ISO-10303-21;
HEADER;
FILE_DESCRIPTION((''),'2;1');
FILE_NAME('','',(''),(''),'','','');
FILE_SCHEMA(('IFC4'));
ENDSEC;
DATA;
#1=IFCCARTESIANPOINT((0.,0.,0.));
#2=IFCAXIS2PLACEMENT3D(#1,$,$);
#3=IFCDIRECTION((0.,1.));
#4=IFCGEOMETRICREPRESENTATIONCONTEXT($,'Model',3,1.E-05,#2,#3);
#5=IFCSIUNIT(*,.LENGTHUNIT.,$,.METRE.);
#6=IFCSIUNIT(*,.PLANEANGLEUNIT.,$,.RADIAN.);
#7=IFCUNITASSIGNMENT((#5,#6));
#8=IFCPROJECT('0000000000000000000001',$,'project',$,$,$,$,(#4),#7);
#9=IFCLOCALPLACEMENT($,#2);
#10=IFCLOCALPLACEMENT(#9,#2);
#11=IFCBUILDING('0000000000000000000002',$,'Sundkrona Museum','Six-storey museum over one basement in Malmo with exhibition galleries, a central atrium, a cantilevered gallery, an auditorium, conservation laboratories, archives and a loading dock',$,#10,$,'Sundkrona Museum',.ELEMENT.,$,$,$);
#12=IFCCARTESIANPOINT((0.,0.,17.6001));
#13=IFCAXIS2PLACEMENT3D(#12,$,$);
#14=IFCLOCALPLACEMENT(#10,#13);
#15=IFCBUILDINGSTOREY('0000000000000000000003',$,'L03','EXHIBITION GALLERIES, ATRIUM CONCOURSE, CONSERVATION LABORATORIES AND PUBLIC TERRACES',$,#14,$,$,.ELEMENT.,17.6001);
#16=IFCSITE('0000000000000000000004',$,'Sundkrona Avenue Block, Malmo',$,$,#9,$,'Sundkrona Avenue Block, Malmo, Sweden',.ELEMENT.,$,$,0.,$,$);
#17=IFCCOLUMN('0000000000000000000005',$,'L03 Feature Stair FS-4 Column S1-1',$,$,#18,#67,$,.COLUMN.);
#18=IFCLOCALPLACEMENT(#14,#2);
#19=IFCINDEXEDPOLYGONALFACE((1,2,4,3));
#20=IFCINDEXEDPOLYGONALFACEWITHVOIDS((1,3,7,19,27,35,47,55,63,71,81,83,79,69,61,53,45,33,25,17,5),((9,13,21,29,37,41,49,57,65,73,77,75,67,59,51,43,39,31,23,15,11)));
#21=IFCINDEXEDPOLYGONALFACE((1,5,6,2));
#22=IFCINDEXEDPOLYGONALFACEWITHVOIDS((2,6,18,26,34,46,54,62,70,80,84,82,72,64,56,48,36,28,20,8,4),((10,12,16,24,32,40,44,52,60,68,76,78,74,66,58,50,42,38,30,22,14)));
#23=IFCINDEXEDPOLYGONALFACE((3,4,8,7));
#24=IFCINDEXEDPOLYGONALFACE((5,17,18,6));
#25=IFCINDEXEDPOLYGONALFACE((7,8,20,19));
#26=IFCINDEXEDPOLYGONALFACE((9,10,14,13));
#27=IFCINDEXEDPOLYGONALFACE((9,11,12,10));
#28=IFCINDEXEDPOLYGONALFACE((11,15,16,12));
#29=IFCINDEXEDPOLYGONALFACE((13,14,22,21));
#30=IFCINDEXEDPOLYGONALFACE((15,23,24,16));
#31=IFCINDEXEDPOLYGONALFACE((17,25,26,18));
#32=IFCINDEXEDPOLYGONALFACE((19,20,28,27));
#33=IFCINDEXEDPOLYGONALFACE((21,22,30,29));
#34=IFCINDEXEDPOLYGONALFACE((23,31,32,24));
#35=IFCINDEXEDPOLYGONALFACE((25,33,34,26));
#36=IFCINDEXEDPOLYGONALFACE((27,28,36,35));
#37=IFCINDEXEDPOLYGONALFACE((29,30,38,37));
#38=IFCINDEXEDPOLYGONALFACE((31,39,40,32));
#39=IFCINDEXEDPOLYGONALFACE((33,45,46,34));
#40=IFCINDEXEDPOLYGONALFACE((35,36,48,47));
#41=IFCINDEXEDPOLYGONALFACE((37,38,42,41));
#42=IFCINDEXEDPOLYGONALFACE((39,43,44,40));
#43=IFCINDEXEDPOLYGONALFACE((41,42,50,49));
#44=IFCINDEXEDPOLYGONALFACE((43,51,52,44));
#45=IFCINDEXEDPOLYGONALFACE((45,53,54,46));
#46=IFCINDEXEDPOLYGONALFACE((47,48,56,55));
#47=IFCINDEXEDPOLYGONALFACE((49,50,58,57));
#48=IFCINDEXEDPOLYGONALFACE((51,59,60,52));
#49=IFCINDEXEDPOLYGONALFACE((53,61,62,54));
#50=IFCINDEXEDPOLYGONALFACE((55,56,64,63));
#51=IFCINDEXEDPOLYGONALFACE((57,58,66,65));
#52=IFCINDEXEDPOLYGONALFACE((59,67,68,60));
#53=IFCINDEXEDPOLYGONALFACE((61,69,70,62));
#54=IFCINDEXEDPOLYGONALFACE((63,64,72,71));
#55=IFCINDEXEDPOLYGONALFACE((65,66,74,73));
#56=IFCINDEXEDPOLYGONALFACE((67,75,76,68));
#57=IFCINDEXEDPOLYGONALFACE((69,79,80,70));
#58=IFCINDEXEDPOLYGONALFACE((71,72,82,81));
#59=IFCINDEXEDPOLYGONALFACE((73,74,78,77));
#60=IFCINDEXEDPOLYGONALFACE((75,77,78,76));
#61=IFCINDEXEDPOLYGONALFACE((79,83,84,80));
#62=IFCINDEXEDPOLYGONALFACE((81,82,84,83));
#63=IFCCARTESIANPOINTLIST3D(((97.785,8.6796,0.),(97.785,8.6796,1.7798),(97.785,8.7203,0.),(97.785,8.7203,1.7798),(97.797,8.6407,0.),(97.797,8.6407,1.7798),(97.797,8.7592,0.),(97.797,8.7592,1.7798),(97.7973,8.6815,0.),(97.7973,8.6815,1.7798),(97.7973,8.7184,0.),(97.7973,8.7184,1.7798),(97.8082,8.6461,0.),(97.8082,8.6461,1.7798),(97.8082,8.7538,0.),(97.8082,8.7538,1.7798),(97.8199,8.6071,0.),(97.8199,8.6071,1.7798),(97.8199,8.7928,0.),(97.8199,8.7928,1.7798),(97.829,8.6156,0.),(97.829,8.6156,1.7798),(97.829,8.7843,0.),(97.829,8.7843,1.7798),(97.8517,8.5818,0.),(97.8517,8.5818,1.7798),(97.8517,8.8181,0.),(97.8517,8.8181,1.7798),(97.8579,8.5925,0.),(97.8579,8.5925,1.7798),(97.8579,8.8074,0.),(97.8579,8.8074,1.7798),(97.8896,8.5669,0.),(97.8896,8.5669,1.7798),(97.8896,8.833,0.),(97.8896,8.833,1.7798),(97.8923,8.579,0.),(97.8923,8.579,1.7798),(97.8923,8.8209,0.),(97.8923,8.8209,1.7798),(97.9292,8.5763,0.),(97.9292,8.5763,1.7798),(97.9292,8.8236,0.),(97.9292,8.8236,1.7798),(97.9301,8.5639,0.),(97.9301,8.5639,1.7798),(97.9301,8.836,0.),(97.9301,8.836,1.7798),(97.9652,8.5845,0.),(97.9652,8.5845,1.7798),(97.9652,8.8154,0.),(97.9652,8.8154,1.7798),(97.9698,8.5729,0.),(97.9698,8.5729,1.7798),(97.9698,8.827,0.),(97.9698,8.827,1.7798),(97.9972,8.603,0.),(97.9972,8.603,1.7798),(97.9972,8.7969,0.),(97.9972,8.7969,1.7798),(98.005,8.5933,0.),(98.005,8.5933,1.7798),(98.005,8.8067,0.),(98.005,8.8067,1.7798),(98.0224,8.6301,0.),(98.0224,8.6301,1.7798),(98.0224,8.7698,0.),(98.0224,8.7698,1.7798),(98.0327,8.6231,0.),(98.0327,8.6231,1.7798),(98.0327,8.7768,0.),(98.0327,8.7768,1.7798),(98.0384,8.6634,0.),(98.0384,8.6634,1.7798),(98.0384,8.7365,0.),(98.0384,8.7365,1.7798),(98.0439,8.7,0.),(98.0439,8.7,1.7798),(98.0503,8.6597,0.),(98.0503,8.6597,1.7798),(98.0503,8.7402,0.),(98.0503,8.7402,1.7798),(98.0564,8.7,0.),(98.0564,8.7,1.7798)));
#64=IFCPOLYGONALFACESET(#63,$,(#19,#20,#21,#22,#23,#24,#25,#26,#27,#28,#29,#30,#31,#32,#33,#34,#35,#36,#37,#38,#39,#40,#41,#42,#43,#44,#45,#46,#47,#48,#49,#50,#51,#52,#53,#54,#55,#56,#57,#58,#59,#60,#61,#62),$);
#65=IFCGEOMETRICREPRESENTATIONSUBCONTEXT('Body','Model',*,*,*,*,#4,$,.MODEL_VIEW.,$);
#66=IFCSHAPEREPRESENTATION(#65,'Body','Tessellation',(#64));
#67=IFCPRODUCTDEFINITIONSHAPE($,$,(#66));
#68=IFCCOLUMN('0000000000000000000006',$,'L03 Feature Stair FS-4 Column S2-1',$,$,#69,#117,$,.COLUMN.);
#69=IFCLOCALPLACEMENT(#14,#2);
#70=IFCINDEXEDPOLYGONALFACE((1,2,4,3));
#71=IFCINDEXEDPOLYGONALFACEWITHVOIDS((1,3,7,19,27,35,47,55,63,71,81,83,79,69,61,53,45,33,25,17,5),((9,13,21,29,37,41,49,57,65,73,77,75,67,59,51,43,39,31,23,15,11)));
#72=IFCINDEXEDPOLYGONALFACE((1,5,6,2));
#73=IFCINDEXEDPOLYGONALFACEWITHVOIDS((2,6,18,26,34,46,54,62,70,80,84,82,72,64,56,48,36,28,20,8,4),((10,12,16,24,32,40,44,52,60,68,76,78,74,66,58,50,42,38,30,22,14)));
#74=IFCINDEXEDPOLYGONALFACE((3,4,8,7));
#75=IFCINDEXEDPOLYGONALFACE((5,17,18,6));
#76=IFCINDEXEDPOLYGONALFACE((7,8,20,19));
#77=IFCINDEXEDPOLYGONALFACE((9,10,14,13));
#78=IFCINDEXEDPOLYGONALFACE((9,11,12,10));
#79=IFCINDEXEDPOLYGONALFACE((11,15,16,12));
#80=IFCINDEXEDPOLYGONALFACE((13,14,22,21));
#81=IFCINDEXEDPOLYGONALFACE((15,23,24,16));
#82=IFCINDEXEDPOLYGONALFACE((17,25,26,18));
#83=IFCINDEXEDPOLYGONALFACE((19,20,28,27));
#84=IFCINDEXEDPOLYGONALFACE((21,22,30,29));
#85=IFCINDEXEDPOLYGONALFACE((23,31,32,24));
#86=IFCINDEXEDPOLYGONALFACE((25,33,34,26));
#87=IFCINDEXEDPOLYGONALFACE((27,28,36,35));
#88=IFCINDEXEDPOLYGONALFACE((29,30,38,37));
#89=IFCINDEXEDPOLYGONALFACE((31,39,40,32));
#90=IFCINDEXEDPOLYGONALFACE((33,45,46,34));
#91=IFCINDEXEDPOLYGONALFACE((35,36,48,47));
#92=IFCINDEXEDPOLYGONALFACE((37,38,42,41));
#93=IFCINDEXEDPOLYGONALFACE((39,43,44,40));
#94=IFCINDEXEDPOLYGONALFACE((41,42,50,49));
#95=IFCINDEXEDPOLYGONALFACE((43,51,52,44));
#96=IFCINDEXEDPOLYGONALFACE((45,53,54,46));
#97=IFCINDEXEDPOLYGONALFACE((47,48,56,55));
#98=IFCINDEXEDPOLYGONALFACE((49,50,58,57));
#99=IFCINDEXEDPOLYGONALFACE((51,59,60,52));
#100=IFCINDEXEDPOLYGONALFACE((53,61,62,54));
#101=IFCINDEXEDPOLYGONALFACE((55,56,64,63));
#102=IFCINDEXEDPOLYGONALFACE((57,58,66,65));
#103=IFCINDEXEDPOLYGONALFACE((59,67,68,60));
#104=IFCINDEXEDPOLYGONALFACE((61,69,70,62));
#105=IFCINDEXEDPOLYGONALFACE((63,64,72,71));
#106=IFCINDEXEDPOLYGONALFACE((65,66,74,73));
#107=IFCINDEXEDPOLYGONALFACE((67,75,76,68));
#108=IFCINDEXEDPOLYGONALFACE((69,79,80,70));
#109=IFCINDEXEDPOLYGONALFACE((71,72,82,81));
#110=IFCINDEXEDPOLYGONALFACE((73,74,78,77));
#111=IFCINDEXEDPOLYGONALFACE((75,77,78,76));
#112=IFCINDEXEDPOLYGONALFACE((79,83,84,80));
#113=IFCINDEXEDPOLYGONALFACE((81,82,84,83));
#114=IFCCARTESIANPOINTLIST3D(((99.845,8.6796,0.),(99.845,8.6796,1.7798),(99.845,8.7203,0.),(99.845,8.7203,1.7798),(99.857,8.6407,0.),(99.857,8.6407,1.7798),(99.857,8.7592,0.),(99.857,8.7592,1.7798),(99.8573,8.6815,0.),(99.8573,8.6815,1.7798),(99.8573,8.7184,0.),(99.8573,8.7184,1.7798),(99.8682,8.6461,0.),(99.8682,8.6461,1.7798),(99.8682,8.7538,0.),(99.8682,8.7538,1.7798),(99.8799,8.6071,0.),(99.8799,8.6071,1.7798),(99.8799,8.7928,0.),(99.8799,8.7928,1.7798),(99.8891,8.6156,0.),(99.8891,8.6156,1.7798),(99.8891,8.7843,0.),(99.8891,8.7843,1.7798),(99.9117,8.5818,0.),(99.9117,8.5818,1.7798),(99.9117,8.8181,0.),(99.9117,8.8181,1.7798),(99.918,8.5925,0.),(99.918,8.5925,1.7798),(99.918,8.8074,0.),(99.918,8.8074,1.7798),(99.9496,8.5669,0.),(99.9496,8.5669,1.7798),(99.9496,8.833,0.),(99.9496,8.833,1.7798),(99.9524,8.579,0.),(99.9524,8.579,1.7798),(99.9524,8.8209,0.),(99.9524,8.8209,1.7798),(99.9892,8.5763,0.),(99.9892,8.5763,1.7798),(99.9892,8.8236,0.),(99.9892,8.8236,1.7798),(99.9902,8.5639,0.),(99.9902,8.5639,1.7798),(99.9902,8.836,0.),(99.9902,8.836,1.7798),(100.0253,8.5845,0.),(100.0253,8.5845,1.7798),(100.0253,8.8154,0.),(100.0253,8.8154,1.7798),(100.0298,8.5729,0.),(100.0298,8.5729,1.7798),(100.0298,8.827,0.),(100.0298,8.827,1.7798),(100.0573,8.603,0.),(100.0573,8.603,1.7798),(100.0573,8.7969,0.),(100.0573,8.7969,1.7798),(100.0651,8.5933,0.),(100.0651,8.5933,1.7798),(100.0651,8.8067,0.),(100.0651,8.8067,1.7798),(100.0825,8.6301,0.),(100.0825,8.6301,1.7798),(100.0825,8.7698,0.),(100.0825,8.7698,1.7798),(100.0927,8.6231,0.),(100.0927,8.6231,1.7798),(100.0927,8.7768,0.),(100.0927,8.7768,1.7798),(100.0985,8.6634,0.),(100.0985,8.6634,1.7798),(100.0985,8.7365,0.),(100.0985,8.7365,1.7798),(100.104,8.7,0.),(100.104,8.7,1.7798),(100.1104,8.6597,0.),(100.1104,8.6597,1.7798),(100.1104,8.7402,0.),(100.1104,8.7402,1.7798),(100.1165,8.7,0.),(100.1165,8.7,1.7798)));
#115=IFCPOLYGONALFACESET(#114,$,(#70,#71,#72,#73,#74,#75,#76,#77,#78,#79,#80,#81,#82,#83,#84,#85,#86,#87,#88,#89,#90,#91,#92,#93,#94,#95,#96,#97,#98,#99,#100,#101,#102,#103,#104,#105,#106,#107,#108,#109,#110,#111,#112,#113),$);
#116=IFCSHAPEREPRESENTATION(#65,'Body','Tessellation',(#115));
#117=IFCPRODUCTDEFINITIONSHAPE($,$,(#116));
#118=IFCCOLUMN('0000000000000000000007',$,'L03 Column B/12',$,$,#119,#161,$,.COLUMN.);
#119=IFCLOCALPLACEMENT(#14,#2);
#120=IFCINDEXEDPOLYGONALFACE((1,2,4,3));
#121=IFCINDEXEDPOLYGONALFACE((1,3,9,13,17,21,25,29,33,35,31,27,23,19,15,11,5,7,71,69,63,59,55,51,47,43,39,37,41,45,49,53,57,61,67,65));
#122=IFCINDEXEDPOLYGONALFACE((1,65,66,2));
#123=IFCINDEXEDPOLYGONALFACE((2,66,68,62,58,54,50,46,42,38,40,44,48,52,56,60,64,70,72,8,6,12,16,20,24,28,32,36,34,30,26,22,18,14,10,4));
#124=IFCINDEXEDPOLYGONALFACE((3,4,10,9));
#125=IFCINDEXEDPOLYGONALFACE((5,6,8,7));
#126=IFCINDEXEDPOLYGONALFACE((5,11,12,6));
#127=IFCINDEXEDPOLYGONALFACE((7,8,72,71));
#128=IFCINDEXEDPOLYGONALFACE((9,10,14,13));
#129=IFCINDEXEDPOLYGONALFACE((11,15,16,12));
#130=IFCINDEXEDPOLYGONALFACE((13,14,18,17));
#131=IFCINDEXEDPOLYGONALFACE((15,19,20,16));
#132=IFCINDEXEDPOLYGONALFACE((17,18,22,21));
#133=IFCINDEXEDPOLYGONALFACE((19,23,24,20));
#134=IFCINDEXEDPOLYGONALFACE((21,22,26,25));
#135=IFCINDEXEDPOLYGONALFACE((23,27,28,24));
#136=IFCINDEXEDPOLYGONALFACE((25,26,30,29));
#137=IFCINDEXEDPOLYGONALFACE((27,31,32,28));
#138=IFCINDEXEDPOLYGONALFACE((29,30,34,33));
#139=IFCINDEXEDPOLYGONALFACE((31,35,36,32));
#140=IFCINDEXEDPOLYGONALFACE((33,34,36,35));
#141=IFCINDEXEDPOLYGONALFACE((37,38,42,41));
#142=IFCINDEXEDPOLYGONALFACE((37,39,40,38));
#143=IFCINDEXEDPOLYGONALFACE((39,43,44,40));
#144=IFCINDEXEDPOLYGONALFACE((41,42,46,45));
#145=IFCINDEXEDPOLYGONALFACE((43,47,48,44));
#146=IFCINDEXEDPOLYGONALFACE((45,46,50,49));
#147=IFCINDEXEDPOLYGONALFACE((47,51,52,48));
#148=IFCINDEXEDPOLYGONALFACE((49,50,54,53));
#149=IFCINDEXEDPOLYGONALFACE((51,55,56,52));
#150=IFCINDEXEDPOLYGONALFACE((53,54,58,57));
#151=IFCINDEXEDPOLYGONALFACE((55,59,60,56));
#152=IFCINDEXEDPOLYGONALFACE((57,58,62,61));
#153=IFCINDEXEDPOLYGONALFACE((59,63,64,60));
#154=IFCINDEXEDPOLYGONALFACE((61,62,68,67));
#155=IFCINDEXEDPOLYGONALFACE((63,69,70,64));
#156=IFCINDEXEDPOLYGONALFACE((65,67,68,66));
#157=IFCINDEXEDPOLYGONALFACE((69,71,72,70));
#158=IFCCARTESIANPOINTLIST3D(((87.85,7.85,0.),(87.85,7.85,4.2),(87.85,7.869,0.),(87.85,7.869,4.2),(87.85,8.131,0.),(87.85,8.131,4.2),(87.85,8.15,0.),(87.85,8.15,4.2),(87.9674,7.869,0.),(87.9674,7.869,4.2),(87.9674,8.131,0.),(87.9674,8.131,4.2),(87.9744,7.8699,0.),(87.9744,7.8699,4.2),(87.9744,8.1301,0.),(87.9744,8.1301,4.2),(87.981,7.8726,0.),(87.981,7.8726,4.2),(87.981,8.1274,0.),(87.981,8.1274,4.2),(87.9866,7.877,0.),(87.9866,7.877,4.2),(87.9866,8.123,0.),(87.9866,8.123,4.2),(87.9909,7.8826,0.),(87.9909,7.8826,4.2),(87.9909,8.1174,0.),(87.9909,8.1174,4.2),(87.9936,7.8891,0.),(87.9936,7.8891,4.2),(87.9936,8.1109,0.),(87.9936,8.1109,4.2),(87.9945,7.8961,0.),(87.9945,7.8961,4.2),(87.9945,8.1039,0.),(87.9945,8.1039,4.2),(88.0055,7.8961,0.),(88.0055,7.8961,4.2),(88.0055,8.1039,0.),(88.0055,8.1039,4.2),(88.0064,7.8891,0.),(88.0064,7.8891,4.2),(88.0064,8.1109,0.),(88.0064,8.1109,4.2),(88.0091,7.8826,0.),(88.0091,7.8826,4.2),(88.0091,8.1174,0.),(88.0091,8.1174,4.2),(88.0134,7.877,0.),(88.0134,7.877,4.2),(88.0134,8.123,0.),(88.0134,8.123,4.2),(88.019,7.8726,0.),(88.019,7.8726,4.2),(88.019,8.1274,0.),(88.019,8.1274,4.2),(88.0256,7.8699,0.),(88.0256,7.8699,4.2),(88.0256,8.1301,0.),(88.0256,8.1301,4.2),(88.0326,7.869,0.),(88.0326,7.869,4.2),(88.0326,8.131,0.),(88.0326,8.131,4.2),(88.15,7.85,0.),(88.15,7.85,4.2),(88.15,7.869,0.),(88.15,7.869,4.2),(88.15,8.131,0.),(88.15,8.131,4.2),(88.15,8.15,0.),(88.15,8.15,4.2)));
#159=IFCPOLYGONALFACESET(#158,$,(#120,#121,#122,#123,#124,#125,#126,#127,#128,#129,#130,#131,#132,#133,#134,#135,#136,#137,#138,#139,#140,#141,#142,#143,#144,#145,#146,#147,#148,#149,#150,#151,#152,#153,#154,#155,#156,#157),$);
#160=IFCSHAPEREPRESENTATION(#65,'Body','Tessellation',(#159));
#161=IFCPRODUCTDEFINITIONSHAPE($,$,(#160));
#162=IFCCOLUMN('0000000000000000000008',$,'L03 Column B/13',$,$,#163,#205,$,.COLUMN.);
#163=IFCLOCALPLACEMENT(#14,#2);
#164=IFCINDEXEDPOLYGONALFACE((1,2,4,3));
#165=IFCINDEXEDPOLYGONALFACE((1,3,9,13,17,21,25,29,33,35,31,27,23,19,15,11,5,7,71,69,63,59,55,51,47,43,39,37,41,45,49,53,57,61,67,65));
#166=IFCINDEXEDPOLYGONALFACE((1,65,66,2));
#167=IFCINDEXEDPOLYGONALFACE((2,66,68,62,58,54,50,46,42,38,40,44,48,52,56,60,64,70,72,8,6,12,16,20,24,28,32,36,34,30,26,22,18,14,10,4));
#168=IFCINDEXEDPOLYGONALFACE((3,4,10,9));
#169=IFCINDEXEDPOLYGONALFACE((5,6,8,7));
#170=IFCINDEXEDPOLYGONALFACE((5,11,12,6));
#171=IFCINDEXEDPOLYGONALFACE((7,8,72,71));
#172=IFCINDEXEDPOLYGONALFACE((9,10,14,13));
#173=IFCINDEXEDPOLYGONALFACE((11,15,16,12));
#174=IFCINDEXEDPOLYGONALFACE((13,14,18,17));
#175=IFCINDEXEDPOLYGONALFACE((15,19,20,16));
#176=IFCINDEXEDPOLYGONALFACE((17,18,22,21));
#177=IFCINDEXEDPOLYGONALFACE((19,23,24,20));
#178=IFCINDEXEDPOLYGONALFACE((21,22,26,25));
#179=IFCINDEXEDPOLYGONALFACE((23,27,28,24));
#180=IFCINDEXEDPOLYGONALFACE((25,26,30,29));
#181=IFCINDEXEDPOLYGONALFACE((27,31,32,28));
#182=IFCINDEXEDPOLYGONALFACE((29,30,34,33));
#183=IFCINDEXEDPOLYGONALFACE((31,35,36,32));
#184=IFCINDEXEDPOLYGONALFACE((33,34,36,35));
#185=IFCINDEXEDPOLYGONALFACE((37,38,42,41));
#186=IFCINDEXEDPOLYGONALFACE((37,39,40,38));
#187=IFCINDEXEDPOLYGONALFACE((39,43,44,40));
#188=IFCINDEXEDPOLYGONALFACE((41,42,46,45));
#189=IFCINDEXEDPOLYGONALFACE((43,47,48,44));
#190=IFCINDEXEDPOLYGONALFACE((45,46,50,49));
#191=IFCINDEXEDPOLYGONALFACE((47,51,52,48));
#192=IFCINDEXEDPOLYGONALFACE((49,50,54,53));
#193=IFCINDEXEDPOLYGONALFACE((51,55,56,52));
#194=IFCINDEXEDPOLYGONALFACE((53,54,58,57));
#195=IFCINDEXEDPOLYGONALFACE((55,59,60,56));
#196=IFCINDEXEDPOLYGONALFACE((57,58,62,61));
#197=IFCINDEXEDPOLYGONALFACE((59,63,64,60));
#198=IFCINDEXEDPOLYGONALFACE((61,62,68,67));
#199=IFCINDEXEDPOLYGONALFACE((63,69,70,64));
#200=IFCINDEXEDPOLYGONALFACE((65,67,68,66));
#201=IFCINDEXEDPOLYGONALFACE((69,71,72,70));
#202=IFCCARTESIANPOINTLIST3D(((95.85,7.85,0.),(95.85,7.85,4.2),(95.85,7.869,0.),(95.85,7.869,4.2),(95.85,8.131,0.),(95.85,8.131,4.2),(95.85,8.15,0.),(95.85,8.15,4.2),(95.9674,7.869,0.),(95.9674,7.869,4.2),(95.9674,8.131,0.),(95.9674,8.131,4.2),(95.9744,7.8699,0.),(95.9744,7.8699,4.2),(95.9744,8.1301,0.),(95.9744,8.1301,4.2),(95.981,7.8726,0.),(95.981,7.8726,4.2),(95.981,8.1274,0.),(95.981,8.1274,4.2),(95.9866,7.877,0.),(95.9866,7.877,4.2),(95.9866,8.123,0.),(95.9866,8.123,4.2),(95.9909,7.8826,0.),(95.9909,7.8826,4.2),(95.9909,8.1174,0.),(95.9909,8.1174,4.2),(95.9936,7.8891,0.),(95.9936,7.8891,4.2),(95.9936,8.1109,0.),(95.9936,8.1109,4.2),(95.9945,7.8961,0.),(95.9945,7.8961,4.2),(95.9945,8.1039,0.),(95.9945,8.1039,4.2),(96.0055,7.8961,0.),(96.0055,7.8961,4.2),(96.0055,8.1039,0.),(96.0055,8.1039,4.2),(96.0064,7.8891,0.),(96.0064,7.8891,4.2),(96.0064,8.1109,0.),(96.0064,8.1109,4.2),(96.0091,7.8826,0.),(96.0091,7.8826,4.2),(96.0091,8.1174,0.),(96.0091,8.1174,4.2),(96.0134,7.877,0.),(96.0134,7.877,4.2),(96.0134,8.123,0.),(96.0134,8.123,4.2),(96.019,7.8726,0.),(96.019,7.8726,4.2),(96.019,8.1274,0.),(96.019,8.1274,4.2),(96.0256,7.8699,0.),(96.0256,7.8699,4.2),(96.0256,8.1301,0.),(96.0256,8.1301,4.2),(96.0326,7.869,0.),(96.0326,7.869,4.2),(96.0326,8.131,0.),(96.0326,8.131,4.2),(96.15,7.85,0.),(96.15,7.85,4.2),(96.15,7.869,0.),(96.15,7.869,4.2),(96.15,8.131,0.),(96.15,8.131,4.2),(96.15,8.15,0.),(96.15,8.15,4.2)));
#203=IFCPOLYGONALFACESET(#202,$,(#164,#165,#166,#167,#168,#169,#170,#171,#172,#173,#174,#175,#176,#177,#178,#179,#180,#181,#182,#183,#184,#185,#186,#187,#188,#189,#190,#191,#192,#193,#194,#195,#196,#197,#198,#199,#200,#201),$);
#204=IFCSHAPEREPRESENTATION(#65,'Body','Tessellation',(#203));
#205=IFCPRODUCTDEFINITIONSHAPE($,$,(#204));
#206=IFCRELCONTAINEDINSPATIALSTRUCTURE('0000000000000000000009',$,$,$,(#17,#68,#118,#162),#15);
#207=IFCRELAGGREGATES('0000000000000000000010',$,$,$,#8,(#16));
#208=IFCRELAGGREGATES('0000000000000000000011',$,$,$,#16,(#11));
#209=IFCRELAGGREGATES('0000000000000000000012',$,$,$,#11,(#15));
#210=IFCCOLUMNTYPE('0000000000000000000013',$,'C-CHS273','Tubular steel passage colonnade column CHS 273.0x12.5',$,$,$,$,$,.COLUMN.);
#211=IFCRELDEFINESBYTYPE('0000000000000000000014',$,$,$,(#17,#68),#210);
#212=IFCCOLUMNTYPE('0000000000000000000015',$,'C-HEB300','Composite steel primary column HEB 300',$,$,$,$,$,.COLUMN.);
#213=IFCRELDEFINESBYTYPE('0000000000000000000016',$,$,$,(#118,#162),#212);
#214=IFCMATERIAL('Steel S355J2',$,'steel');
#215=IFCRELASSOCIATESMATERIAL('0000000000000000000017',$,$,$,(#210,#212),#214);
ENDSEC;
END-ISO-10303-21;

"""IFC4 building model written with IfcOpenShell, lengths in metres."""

from ifc_helpers import new_model, si_unit, direction, frame, origin, origin_2d, place, context, subcontext, project, spatial, hollow_circle, i_section, extrude, material, material_profile, profile_set, type_object, element, save


model = new_model("IFC4")

# Units and contexts
model_context = context("Model", 3, precision=1e-05, world=origin(), true_north=direction((0.0, 1.0)))
body_context = subcontext(model_context, "Body", "Model", "MODEL_VIEW")
ifc_project = project(units=[si_unit("LENGTHUNIT", "METRE"), si_unit("PLANEANGLEUNIT", "RADIAN")], contexts=[model_context])

# Site, building, storey
site_placement = place(None, origin())
site = spatial("IfcSite", under=ifc_project, at=site_placement, Name="Sundkrona Avenue Block, Malmo", LongName="Sundkrona Avenue Block, Malmo, Sweden", CompositionType="ELEMENT", RefElevation=0.0)
building_placement = place(site_placement, origin())
building = spatial("IfcBuilding", under=site, at=building_placement, Name="Sundkrona Museum", Description="Six-storey museum over one basement in Malmo with exhibition galleries, a central atrium, a cantilevered gallery, an auditorium, conservation laboratories, archives and a loading dock", LongName="Sundkrona Museum", CompositionType="ELEMENT")
storey_placement = place(building_placement, frame((0.0, 0.0, 17.6001)))
storey = spatial("IfcBuildingStorey", under=building, at=storey_placement, Name="L03", Description="EXHIBITION GALLERIES, ATRIUM CONCOURSE, CONSERVATION LABORATORIES AND PUBLIC TERRACES", CompositionType="ELEMENT", Elevation=17.6001)

# Columns
ifc_material_1 = material(Name="Steel S355J2", Category="steel")
ifc_material_profile_1 = material_profile(ifc_material_1, hollow_circle(Radius=0.1365, WallThickness=0.0125, at=origin_2d()), Name="CHS 273.0x12.5")
ifc_profile_set_1 = profile_set([ifc_material_profile_1], Name="Steel S355J2")
column_type_1 = type_object("IfcColumnType", Name="C-CHS273", Description="Tubular steel passage colonnade column CHS 273.0x12.5", PredefinedType="COLUMN", material=ifc_profile_set_1)
for number, where, z_axis, x_axis, name in (
    (1, (97.9199, 8.7, 0.0), (0.0, 0.0, 1.0), (1.0, 0.0, 0.0), "L03 Feature Stair FS-4 Column S1-1"),
    (2, (99.98, 8.7, 0.0), (0.0, 0.0, 1.0), (1.0, 0.0, 0.0), "L03 Feature Stair FS-4 Column S2-1"),
):
    element("IfcColumn", number, at=place(storey_placement, frame(where, z_axis=z_axis, x_axis=x_axis)), inside=storey, type_object=column_type_1, Name=name, PredefinedType="COLUMN", context=body_context, shape_type="SweptSolid", body=[
        extrude(hollow_circle(Radius=0.1365, WallThickness=0.0125, at=origin_2d()), origin(), (0.0, 0.0, 1.0), 1.7798),
    ])
ifc_material_profile_2 = material_profile(ifc_material_1, i_section(OverallWidth=0.3, OverallDepth=0.3, WebThickness=0.011, FlangeThickness=0.019, FilletRadius=0.0271, at=origin_2d()), Name="HEB 300")
ifc_profile_set_2 = profile_set([ifc_material_profile_2], Name="Steel S355J2")
column_type_2 = type_object("IfcColumnType", Name="C-HEB300", Description="Composite steel primary column HEB 300", PredefinedType="COLUMN", material=ifc_profile_set_2)
for number, where, z_axis, x_axis, name in (
    (3, (88.0, 8.0, 0.0), (0.0, 0.0, 1.0), (1.0, 0.0, 0.0), "L03 Column B/12"),
    (4, (96.0, 8.0, 0.0), (0.0, 0.0, 1.0), (1.0, 0.0, 0.0), "L03 Column B/13"),
):
    element("IfcColumn", number, at=place(storey_placement, frame(where, z_axis=z_axis, x_axis=x_axis)), inside=storey, type_object=column_type_2, Name=name, PredefinedType="COLUMN", context=body_context, shape_type="SweptSolid", body=[
        extrude(i_section(OverallWidth=0.3, OverallDepth=0.3, WebThickness=0.011, FlangeThickness=0.019, FilletRadius=0.0271, at=origin_2d()), origin(), (0.0, 0.0, 1.0), 4.2),
    ])

save(model, "model.ifc")
